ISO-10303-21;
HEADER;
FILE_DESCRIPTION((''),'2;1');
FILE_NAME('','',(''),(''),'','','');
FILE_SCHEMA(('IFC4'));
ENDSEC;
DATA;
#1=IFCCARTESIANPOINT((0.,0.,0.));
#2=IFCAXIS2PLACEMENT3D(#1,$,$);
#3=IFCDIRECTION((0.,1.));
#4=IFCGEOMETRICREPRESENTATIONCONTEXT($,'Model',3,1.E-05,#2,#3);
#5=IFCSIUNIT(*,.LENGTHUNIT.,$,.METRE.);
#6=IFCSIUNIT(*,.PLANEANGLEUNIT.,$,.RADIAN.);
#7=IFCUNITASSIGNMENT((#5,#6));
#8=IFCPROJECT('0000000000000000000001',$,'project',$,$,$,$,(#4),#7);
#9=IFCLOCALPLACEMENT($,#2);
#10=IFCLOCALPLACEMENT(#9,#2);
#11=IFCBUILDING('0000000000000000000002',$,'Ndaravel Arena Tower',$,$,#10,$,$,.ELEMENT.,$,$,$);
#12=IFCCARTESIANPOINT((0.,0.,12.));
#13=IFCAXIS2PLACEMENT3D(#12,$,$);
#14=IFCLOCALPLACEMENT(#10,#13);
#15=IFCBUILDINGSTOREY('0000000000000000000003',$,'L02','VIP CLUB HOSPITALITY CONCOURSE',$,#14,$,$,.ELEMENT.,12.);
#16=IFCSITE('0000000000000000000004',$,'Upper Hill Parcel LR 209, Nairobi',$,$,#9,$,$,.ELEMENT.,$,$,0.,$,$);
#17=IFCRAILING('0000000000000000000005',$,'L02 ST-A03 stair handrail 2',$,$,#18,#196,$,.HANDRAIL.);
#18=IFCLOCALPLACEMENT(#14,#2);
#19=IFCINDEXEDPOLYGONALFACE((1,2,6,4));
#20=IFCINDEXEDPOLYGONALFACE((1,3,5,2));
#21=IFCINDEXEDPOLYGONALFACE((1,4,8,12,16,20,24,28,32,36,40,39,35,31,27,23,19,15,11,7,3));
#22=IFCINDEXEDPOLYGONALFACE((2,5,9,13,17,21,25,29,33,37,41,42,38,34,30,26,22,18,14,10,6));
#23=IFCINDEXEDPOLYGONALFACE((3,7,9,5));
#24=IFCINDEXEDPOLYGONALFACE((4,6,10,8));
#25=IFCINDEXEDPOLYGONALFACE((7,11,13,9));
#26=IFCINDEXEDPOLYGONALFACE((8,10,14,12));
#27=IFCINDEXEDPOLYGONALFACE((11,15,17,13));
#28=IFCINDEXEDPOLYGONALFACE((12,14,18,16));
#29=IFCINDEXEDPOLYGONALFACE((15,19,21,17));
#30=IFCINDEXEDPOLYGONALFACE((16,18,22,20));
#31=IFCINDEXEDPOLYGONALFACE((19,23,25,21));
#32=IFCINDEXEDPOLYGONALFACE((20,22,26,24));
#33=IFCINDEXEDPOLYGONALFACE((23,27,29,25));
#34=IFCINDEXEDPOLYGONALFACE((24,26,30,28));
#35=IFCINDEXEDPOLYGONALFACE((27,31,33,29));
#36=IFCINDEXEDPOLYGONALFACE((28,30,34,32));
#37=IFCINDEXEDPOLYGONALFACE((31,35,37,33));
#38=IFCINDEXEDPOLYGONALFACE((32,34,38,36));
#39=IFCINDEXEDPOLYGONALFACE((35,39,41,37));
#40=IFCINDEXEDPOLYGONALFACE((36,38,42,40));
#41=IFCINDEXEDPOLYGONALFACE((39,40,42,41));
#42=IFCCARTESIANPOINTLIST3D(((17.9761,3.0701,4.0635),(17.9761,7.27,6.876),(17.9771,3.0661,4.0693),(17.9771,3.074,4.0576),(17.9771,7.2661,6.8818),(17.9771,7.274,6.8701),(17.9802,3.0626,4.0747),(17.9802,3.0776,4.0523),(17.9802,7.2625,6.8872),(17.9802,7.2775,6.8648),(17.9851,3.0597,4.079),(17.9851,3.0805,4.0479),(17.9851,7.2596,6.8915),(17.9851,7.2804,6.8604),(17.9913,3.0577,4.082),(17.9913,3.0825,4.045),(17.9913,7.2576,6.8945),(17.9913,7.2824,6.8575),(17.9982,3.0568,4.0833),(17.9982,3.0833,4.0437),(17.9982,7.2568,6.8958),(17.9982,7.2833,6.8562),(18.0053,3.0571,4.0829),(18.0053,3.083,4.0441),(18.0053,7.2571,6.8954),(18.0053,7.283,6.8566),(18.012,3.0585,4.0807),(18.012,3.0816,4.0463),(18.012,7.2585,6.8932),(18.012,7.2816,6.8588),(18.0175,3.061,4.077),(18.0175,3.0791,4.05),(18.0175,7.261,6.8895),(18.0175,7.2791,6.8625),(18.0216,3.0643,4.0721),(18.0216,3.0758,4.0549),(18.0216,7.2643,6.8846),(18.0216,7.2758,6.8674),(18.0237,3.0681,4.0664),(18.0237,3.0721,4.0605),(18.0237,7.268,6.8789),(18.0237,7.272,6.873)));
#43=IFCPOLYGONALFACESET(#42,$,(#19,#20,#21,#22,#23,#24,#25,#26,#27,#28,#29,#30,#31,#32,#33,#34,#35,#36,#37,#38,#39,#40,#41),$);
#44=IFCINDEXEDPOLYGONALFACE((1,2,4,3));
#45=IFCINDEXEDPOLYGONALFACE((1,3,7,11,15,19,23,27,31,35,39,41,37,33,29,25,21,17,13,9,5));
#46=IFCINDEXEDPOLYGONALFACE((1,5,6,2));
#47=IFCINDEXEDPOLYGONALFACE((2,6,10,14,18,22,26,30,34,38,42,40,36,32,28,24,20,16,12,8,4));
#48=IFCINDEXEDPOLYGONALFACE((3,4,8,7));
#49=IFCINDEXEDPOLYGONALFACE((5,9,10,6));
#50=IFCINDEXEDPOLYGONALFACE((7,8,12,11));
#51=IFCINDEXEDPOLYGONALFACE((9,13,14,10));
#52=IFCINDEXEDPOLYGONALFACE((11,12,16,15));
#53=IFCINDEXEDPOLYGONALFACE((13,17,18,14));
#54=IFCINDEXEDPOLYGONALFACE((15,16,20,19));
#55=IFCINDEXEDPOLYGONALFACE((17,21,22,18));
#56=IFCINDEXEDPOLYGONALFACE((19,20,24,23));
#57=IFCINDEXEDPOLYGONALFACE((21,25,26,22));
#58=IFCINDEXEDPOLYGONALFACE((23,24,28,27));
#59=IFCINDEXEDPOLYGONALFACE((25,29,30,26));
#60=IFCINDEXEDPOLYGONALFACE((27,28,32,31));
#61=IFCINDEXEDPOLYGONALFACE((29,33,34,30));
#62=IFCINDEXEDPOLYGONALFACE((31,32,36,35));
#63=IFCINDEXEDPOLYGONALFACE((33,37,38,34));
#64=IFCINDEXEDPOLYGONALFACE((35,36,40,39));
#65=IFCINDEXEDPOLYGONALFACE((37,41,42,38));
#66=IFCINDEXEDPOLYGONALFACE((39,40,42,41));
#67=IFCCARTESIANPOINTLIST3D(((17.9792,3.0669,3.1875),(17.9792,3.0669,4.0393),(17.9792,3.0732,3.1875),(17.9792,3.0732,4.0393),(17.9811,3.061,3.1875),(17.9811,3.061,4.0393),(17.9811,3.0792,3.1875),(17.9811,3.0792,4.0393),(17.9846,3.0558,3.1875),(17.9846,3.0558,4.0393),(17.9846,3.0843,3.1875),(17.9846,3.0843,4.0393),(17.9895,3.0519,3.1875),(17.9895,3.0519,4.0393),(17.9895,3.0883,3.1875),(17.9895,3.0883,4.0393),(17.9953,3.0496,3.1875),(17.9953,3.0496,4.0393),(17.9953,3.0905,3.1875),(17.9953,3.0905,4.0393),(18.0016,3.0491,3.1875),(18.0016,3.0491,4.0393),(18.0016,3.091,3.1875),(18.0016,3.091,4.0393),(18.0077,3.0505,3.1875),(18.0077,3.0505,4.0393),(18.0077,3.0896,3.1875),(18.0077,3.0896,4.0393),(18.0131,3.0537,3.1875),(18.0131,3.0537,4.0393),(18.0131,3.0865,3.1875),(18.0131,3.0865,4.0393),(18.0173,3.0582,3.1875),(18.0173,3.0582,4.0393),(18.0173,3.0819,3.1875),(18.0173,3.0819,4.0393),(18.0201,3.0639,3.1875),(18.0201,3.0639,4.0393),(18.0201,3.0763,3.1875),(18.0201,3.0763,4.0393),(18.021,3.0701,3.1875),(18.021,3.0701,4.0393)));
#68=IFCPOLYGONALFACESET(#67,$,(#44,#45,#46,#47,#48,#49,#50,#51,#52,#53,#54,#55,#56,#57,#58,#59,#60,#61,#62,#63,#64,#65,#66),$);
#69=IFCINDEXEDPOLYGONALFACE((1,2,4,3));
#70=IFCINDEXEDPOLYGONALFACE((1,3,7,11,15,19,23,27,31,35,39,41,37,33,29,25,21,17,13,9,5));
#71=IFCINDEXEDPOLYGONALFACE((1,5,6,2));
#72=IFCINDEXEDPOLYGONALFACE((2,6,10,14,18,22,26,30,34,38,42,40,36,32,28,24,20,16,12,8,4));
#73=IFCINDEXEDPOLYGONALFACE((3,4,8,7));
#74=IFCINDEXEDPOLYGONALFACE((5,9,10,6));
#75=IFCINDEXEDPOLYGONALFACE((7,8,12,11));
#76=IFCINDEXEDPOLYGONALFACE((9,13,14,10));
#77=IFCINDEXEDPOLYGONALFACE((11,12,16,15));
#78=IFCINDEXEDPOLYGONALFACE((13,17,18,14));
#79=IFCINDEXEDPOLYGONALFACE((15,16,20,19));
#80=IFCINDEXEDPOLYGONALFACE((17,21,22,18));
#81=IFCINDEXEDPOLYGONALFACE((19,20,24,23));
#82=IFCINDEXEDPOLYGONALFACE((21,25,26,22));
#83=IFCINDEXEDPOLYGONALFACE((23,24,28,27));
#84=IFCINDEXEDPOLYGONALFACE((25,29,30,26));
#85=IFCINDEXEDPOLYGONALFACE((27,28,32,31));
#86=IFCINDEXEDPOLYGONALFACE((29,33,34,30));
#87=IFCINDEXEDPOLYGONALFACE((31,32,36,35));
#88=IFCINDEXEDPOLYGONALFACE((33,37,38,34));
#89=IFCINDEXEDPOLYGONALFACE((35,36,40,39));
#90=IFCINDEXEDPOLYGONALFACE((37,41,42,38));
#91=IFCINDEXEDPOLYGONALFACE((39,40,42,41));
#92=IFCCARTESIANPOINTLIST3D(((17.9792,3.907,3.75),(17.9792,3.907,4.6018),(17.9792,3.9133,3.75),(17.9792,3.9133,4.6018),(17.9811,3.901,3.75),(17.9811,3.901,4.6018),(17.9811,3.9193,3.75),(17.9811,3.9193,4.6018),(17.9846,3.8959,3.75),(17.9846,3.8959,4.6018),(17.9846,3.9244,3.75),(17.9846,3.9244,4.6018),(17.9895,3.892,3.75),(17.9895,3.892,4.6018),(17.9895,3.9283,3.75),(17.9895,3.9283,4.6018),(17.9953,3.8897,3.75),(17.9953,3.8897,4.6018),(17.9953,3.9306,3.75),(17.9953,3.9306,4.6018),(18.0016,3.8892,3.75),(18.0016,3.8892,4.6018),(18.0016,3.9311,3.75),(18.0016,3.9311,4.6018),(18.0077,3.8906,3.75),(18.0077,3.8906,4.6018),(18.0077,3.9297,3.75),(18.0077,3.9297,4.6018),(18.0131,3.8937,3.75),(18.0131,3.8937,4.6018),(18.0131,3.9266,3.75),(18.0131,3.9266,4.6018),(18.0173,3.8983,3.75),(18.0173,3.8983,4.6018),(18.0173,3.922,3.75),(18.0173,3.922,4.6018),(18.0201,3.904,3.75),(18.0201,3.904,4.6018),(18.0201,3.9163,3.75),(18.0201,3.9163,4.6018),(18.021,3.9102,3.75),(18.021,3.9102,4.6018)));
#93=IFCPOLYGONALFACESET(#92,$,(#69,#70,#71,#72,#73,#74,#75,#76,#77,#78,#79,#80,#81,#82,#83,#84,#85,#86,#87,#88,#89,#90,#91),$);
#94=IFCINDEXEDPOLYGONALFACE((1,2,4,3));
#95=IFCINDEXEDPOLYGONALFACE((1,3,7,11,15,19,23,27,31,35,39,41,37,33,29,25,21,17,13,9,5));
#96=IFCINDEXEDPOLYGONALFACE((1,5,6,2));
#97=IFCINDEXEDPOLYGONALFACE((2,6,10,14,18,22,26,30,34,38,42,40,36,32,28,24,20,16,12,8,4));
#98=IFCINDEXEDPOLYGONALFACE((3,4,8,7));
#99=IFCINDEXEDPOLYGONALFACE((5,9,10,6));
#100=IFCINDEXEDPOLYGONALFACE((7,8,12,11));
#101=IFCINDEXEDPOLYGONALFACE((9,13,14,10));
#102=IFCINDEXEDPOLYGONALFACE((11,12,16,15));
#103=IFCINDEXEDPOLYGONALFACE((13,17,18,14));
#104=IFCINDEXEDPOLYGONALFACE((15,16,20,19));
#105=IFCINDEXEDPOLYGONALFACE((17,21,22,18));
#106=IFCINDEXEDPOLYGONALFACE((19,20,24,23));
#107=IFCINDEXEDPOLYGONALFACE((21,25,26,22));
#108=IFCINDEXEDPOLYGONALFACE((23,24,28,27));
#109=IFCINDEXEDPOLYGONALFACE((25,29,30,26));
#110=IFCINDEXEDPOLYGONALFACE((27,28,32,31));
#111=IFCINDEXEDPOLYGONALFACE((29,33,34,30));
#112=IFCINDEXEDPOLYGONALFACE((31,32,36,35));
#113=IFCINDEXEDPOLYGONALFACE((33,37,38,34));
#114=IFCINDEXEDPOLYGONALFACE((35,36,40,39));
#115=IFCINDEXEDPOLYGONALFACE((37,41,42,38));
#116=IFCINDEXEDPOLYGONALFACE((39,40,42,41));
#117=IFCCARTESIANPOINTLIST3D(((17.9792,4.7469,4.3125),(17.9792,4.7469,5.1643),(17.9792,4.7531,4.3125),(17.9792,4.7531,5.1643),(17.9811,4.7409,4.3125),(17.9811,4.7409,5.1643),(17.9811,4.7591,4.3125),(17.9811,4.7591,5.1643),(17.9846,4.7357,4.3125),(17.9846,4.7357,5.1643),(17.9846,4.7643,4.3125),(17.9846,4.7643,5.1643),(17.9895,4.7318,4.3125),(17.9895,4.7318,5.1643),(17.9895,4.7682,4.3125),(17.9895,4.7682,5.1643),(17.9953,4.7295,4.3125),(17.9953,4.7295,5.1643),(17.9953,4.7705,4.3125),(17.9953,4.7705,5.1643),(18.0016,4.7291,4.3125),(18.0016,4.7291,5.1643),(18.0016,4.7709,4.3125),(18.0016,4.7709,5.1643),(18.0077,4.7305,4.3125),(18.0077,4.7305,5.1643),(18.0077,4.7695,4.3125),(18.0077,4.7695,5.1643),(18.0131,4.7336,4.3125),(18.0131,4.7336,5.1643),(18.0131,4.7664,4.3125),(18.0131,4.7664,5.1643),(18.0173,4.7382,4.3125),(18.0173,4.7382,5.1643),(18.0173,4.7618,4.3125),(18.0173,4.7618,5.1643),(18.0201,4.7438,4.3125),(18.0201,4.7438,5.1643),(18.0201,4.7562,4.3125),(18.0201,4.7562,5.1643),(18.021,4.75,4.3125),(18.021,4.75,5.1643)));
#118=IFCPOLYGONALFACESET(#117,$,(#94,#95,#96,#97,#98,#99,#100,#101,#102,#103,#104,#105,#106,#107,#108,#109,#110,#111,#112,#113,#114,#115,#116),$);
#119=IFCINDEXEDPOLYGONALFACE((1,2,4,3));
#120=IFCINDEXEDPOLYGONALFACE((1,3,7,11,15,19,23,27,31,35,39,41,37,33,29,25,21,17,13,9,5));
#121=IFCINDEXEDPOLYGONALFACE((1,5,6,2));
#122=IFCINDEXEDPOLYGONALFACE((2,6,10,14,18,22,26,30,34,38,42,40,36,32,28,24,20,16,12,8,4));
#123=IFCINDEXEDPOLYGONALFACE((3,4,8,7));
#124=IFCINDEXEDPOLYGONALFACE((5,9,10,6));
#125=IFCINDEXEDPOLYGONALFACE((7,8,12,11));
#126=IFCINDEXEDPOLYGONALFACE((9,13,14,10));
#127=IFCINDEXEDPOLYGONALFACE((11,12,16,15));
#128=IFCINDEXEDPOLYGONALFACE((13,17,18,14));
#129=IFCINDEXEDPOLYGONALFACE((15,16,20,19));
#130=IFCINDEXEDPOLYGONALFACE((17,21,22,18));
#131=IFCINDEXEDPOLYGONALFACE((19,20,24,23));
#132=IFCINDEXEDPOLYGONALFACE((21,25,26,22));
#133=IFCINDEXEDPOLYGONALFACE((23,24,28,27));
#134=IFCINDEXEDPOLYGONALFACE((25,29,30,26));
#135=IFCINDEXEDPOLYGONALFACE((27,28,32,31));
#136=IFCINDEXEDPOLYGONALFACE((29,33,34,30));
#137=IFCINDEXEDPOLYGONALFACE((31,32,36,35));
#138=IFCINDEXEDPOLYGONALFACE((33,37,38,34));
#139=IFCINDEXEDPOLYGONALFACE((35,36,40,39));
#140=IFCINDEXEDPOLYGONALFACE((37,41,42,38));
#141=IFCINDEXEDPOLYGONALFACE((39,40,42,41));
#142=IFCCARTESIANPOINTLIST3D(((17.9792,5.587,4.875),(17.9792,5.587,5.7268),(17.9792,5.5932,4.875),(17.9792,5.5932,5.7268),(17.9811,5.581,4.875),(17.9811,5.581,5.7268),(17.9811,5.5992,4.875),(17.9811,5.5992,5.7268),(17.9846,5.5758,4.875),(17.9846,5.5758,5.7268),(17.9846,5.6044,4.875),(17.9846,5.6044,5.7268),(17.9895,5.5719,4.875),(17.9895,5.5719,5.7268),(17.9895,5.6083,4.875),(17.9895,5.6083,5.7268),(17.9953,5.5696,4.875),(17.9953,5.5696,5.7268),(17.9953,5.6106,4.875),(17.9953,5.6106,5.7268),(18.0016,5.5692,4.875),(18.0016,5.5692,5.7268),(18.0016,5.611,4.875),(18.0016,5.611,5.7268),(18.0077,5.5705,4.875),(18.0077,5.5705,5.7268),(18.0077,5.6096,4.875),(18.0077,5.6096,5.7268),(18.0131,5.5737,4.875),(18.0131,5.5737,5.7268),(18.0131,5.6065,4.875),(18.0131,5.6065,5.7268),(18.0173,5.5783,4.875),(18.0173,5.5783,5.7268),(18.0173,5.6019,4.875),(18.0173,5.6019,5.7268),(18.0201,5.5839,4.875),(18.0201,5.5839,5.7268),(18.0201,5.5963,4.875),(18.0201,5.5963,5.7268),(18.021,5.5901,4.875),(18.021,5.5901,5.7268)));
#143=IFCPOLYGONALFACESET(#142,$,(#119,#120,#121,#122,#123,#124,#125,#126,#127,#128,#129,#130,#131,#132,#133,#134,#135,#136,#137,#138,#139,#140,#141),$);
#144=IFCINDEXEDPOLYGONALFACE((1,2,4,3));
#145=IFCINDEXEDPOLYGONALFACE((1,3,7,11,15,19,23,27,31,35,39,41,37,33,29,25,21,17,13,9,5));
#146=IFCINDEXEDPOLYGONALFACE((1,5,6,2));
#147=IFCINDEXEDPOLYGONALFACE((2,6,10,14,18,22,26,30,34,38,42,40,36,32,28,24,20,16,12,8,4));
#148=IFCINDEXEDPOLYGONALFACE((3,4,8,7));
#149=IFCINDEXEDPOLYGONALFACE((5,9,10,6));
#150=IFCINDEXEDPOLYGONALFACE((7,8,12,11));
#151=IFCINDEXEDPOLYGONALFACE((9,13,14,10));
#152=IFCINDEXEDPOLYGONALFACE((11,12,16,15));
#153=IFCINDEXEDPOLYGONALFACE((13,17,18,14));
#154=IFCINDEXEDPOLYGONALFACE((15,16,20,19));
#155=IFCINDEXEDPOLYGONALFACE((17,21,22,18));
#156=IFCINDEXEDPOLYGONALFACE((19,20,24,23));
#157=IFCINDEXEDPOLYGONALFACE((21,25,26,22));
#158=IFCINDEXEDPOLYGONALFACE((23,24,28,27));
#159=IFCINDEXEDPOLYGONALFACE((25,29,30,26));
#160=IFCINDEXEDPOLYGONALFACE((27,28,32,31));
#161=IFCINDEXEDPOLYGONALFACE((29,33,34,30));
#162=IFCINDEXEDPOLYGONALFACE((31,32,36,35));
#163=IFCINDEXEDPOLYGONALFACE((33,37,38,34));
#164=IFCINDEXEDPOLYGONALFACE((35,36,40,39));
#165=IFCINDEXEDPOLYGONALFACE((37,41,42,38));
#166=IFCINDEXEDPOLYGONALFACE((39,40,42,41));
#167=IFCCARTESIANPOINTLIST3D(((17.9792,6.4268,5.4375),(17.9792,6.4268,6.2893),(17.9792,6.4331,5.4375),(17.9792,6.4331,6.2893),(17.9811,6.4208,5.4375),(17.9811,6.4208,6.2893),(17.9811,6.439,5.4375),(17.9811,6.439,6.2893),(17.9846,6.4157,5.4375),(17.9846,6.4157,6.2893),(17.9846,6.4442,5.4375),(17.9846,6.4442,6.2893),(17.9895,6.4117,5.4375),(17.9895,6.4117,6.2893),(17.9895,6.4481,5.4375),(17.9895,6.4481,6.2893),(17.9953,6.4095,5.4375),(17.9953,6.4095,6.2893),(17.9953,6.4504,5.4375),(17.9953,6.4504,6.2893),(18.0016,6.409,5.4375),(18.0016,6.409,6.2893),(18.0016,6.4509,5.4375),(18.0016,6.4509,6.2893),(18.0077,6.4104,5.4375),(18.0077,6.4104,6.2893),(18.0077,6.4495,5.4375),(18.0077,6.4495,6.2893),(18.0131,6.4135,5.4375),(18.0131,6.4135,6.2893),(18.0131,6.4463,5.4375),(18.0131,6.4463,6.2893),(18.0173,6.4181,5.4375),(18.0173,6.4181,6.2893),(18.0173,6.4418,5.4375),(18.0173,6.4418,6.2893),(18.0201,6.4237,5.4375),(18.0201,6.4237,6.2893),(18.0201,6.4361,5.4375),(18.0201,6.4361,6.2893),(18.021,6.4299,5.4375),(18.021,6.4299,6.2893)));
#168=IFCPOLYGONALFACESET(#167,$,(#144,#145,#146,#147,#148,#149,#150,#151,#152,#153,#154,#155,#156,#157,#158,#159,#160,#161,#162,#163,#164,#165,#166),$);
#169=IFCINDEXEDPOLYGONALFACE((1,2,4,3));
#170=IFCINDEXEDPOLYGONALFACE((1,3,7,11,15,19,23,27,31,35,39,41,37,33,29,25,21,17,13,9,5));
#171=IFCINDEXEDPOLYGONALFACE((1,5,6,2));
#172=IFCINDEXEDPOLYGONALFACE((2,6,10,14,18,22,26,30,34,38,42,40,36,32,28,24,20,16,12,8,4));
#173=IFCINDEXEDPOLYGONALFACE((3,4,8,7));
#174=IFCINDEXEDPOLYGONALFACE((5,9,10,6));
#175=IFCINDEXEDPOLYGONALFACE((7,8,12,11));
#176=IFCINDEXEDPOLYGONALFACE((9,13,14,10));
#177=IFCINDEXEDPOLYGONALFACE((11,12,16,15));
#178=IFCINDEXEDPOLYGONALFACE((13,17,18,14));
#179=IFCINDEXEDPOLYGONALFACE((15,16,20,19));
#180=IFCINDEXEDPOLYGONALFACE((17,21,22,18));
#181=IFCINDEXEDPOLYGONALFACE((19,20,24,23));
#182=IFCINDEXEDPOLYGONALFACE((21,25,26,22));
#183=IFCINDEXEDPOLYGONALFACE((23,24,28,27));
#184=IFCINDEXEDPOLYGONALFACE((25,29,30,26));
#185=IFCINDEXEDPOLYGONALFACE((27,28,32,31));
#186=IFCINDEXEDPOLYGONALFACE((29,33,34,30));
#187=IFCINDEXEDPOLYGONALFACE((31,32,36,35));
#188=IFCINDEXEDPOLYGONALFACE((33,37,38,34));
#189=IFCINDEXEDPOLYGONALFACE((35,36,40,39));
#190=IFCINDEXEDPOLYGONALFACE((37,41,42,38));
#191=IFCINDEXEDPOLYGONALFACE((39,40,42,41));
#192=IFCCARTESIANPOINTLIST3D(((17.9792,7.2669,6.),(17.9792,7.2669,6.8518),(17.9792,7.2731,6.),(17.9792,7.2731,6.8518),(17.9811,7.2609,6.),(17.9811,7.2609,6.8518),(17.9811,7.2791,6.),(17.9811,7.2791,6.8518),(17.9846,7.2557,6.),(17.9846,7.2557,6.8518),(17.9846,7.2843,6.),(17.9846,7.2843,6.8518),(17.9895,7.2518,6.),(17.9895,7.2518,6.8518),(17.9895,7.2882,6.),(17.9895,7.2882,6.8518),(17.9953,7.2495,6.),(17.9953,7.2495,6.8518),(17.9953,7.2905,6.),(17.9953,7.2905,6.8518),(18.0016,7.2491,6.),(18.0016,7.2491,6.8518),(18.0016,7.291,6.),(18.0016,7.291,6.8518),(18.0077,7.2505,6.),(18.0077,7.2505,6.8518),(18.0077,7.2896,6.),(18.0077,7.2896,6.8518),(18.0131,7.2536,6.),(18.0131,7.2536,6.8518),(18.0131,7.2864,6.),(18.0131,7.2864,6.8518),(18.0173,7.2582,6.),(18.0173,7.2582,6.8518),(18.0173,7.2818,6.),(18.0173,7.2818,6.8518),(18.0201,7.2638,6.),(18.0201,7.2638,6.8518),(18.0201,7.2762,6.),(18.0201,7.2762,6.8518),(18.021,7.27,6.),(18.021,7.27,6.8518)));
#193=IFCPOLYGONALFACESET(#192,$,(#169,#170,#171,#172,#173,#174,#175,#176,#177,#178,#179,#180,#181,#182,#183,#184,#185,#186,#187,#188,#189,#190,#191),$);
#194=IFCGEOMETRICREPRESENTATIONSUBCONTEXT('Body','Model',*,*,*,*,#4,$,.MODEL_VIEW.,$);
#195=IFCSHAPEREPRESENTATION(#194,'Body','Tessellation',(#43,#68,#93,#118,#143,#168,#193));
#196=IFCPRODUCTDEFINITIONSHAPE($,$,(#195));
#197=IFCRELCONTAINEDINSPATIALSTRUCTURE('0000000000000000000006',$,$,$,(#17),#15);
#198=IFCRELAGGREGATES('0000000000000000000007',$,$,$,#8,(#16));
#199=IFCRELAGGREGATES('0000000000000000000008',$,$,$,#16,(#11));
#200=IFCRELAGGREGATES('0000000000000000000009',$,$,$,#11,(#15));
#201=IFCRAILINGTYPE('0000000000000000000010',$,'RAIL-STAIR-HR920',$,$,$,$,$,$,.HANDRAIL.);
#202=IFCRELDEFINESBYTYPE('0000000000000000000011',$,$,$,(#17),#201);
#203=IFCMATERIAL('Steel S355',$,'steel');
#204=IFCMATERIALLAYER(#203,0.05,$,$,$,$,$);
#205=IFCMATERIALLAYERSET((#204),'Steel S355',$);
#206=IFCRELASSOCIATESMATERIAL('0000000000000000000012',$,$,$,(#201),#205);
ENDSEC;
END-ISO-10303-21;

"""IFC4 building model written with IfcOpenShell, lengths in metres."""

from ifc_helpers import new_model, si_unit, direction, frame, origin, origin_2d, place, context, subcontext, project, spatial, circle, extrude, material, layer, layer_set, type_object, element, save


model = new_model("IFC4")

# Units and contexts
model_context = context("Model", 3, precision=1e-05, world=origin(), true_north=direction((0.0, 1.0)))
body_context = subcontext(model_context, "Body", "Model", "MODEL_VIEW")
ifc_project = project(units=[si_unit("LENGTHUNIT", "METRE"), si_unit("PLANEANGLEUNIT", "RADIAN")], contexts=[model_context])

# Site, building, storey
site_placement = place(None, origin())
site = spatial("IfcSite", under=ifc_project, at=site_placement, Name="Upper Hill Parcel LR 209, Nairobi", CompositionType="ELEMENT", RefElevation=0.0)
building_placement = place(site_placement, origin())
building = spatial("IfcBuilding", under=site, at=building_placement, Name="Ndaravel Arena Tower", CompositionType="ELEMENT")
storey_placement = place(building_placement, frame((0.0, 0.0, 12.0)))
storey = spatial("IfcBuildingStorey", under=building, at=storey_placement, Name="L02", Description="VIP CLUB HOSPITALITY CONCOURSE", CompositionType="ELEMENT", Elevation=12.0)

# Railing
ifc_material_1 = material(Name="Steel S355", Category="steel")
ifc_layer_1 = layer(ifc_material_1, 0.05)
ifc_layer_set_1 = layer_set([ifc_layer_1], Name="Steel S355")
railing_type_1 = type_object("IfcRailingType", Name="RAIL-STAIR-HR920", PredefinedType="HANDRAIL", material=ifc_layer_set_1)
railing_1_placement = place(storey_placement, frame((18.0, 3.0701, 3.1875)))
element("IfcRailing", 1, at=railing_1_placement, inside=storey, type_object=railing_type_1, Name="L02 ST-A03 stair handrail 2", PredefinedType="HANDRAIL", context=body_context, shape_type="SweptSolid", body=[
    extrude(circle(Radius=0.0239, at=origin_2d()), frame((0.0, 0.0, 0.876), z_axis=(0.0, 0.830904, 0.556416), x_axis=(-1.0, 0.0, 0.0)), (0.0, 0.0, 1.0), 5.0547),
    extrude(circle(Radius=0.021, at=origin_2d()), origin(), (0.0, 0.0, 1.0), 0.8518),
    extrude(circle(Radius=0.021, at=origin_2d()), frame((0.0, 0.8401, 0.5625)), (0.0, 0.0, 1.0), 0.8518),
    extrude(circle(Radius=0.021, at=origin_2d()), frame((0.0, 1.6799, 1.125)), (0.0, 0.0, 1.0), 0.8518),
    extrude(circle(Radius=0.021, at=origin_2d()), frame((0.0, 2.52, 1.6875)), (0.0, 0.0, 1.0), 0.8518),
    extrude(circle(Radius=0.021, at=origin_2d()), frame((0.0, 3.3599, 2.25)), (0.0, 0.0, 1.0), 0.8518),
    extrude(circle(Radius=0.021, at=origin_2d()), frame((0.0, 4.2, 2.8125)), (0.0, 0.0, 1.0), 0.8518),
])

save(model, "model.ifc")
